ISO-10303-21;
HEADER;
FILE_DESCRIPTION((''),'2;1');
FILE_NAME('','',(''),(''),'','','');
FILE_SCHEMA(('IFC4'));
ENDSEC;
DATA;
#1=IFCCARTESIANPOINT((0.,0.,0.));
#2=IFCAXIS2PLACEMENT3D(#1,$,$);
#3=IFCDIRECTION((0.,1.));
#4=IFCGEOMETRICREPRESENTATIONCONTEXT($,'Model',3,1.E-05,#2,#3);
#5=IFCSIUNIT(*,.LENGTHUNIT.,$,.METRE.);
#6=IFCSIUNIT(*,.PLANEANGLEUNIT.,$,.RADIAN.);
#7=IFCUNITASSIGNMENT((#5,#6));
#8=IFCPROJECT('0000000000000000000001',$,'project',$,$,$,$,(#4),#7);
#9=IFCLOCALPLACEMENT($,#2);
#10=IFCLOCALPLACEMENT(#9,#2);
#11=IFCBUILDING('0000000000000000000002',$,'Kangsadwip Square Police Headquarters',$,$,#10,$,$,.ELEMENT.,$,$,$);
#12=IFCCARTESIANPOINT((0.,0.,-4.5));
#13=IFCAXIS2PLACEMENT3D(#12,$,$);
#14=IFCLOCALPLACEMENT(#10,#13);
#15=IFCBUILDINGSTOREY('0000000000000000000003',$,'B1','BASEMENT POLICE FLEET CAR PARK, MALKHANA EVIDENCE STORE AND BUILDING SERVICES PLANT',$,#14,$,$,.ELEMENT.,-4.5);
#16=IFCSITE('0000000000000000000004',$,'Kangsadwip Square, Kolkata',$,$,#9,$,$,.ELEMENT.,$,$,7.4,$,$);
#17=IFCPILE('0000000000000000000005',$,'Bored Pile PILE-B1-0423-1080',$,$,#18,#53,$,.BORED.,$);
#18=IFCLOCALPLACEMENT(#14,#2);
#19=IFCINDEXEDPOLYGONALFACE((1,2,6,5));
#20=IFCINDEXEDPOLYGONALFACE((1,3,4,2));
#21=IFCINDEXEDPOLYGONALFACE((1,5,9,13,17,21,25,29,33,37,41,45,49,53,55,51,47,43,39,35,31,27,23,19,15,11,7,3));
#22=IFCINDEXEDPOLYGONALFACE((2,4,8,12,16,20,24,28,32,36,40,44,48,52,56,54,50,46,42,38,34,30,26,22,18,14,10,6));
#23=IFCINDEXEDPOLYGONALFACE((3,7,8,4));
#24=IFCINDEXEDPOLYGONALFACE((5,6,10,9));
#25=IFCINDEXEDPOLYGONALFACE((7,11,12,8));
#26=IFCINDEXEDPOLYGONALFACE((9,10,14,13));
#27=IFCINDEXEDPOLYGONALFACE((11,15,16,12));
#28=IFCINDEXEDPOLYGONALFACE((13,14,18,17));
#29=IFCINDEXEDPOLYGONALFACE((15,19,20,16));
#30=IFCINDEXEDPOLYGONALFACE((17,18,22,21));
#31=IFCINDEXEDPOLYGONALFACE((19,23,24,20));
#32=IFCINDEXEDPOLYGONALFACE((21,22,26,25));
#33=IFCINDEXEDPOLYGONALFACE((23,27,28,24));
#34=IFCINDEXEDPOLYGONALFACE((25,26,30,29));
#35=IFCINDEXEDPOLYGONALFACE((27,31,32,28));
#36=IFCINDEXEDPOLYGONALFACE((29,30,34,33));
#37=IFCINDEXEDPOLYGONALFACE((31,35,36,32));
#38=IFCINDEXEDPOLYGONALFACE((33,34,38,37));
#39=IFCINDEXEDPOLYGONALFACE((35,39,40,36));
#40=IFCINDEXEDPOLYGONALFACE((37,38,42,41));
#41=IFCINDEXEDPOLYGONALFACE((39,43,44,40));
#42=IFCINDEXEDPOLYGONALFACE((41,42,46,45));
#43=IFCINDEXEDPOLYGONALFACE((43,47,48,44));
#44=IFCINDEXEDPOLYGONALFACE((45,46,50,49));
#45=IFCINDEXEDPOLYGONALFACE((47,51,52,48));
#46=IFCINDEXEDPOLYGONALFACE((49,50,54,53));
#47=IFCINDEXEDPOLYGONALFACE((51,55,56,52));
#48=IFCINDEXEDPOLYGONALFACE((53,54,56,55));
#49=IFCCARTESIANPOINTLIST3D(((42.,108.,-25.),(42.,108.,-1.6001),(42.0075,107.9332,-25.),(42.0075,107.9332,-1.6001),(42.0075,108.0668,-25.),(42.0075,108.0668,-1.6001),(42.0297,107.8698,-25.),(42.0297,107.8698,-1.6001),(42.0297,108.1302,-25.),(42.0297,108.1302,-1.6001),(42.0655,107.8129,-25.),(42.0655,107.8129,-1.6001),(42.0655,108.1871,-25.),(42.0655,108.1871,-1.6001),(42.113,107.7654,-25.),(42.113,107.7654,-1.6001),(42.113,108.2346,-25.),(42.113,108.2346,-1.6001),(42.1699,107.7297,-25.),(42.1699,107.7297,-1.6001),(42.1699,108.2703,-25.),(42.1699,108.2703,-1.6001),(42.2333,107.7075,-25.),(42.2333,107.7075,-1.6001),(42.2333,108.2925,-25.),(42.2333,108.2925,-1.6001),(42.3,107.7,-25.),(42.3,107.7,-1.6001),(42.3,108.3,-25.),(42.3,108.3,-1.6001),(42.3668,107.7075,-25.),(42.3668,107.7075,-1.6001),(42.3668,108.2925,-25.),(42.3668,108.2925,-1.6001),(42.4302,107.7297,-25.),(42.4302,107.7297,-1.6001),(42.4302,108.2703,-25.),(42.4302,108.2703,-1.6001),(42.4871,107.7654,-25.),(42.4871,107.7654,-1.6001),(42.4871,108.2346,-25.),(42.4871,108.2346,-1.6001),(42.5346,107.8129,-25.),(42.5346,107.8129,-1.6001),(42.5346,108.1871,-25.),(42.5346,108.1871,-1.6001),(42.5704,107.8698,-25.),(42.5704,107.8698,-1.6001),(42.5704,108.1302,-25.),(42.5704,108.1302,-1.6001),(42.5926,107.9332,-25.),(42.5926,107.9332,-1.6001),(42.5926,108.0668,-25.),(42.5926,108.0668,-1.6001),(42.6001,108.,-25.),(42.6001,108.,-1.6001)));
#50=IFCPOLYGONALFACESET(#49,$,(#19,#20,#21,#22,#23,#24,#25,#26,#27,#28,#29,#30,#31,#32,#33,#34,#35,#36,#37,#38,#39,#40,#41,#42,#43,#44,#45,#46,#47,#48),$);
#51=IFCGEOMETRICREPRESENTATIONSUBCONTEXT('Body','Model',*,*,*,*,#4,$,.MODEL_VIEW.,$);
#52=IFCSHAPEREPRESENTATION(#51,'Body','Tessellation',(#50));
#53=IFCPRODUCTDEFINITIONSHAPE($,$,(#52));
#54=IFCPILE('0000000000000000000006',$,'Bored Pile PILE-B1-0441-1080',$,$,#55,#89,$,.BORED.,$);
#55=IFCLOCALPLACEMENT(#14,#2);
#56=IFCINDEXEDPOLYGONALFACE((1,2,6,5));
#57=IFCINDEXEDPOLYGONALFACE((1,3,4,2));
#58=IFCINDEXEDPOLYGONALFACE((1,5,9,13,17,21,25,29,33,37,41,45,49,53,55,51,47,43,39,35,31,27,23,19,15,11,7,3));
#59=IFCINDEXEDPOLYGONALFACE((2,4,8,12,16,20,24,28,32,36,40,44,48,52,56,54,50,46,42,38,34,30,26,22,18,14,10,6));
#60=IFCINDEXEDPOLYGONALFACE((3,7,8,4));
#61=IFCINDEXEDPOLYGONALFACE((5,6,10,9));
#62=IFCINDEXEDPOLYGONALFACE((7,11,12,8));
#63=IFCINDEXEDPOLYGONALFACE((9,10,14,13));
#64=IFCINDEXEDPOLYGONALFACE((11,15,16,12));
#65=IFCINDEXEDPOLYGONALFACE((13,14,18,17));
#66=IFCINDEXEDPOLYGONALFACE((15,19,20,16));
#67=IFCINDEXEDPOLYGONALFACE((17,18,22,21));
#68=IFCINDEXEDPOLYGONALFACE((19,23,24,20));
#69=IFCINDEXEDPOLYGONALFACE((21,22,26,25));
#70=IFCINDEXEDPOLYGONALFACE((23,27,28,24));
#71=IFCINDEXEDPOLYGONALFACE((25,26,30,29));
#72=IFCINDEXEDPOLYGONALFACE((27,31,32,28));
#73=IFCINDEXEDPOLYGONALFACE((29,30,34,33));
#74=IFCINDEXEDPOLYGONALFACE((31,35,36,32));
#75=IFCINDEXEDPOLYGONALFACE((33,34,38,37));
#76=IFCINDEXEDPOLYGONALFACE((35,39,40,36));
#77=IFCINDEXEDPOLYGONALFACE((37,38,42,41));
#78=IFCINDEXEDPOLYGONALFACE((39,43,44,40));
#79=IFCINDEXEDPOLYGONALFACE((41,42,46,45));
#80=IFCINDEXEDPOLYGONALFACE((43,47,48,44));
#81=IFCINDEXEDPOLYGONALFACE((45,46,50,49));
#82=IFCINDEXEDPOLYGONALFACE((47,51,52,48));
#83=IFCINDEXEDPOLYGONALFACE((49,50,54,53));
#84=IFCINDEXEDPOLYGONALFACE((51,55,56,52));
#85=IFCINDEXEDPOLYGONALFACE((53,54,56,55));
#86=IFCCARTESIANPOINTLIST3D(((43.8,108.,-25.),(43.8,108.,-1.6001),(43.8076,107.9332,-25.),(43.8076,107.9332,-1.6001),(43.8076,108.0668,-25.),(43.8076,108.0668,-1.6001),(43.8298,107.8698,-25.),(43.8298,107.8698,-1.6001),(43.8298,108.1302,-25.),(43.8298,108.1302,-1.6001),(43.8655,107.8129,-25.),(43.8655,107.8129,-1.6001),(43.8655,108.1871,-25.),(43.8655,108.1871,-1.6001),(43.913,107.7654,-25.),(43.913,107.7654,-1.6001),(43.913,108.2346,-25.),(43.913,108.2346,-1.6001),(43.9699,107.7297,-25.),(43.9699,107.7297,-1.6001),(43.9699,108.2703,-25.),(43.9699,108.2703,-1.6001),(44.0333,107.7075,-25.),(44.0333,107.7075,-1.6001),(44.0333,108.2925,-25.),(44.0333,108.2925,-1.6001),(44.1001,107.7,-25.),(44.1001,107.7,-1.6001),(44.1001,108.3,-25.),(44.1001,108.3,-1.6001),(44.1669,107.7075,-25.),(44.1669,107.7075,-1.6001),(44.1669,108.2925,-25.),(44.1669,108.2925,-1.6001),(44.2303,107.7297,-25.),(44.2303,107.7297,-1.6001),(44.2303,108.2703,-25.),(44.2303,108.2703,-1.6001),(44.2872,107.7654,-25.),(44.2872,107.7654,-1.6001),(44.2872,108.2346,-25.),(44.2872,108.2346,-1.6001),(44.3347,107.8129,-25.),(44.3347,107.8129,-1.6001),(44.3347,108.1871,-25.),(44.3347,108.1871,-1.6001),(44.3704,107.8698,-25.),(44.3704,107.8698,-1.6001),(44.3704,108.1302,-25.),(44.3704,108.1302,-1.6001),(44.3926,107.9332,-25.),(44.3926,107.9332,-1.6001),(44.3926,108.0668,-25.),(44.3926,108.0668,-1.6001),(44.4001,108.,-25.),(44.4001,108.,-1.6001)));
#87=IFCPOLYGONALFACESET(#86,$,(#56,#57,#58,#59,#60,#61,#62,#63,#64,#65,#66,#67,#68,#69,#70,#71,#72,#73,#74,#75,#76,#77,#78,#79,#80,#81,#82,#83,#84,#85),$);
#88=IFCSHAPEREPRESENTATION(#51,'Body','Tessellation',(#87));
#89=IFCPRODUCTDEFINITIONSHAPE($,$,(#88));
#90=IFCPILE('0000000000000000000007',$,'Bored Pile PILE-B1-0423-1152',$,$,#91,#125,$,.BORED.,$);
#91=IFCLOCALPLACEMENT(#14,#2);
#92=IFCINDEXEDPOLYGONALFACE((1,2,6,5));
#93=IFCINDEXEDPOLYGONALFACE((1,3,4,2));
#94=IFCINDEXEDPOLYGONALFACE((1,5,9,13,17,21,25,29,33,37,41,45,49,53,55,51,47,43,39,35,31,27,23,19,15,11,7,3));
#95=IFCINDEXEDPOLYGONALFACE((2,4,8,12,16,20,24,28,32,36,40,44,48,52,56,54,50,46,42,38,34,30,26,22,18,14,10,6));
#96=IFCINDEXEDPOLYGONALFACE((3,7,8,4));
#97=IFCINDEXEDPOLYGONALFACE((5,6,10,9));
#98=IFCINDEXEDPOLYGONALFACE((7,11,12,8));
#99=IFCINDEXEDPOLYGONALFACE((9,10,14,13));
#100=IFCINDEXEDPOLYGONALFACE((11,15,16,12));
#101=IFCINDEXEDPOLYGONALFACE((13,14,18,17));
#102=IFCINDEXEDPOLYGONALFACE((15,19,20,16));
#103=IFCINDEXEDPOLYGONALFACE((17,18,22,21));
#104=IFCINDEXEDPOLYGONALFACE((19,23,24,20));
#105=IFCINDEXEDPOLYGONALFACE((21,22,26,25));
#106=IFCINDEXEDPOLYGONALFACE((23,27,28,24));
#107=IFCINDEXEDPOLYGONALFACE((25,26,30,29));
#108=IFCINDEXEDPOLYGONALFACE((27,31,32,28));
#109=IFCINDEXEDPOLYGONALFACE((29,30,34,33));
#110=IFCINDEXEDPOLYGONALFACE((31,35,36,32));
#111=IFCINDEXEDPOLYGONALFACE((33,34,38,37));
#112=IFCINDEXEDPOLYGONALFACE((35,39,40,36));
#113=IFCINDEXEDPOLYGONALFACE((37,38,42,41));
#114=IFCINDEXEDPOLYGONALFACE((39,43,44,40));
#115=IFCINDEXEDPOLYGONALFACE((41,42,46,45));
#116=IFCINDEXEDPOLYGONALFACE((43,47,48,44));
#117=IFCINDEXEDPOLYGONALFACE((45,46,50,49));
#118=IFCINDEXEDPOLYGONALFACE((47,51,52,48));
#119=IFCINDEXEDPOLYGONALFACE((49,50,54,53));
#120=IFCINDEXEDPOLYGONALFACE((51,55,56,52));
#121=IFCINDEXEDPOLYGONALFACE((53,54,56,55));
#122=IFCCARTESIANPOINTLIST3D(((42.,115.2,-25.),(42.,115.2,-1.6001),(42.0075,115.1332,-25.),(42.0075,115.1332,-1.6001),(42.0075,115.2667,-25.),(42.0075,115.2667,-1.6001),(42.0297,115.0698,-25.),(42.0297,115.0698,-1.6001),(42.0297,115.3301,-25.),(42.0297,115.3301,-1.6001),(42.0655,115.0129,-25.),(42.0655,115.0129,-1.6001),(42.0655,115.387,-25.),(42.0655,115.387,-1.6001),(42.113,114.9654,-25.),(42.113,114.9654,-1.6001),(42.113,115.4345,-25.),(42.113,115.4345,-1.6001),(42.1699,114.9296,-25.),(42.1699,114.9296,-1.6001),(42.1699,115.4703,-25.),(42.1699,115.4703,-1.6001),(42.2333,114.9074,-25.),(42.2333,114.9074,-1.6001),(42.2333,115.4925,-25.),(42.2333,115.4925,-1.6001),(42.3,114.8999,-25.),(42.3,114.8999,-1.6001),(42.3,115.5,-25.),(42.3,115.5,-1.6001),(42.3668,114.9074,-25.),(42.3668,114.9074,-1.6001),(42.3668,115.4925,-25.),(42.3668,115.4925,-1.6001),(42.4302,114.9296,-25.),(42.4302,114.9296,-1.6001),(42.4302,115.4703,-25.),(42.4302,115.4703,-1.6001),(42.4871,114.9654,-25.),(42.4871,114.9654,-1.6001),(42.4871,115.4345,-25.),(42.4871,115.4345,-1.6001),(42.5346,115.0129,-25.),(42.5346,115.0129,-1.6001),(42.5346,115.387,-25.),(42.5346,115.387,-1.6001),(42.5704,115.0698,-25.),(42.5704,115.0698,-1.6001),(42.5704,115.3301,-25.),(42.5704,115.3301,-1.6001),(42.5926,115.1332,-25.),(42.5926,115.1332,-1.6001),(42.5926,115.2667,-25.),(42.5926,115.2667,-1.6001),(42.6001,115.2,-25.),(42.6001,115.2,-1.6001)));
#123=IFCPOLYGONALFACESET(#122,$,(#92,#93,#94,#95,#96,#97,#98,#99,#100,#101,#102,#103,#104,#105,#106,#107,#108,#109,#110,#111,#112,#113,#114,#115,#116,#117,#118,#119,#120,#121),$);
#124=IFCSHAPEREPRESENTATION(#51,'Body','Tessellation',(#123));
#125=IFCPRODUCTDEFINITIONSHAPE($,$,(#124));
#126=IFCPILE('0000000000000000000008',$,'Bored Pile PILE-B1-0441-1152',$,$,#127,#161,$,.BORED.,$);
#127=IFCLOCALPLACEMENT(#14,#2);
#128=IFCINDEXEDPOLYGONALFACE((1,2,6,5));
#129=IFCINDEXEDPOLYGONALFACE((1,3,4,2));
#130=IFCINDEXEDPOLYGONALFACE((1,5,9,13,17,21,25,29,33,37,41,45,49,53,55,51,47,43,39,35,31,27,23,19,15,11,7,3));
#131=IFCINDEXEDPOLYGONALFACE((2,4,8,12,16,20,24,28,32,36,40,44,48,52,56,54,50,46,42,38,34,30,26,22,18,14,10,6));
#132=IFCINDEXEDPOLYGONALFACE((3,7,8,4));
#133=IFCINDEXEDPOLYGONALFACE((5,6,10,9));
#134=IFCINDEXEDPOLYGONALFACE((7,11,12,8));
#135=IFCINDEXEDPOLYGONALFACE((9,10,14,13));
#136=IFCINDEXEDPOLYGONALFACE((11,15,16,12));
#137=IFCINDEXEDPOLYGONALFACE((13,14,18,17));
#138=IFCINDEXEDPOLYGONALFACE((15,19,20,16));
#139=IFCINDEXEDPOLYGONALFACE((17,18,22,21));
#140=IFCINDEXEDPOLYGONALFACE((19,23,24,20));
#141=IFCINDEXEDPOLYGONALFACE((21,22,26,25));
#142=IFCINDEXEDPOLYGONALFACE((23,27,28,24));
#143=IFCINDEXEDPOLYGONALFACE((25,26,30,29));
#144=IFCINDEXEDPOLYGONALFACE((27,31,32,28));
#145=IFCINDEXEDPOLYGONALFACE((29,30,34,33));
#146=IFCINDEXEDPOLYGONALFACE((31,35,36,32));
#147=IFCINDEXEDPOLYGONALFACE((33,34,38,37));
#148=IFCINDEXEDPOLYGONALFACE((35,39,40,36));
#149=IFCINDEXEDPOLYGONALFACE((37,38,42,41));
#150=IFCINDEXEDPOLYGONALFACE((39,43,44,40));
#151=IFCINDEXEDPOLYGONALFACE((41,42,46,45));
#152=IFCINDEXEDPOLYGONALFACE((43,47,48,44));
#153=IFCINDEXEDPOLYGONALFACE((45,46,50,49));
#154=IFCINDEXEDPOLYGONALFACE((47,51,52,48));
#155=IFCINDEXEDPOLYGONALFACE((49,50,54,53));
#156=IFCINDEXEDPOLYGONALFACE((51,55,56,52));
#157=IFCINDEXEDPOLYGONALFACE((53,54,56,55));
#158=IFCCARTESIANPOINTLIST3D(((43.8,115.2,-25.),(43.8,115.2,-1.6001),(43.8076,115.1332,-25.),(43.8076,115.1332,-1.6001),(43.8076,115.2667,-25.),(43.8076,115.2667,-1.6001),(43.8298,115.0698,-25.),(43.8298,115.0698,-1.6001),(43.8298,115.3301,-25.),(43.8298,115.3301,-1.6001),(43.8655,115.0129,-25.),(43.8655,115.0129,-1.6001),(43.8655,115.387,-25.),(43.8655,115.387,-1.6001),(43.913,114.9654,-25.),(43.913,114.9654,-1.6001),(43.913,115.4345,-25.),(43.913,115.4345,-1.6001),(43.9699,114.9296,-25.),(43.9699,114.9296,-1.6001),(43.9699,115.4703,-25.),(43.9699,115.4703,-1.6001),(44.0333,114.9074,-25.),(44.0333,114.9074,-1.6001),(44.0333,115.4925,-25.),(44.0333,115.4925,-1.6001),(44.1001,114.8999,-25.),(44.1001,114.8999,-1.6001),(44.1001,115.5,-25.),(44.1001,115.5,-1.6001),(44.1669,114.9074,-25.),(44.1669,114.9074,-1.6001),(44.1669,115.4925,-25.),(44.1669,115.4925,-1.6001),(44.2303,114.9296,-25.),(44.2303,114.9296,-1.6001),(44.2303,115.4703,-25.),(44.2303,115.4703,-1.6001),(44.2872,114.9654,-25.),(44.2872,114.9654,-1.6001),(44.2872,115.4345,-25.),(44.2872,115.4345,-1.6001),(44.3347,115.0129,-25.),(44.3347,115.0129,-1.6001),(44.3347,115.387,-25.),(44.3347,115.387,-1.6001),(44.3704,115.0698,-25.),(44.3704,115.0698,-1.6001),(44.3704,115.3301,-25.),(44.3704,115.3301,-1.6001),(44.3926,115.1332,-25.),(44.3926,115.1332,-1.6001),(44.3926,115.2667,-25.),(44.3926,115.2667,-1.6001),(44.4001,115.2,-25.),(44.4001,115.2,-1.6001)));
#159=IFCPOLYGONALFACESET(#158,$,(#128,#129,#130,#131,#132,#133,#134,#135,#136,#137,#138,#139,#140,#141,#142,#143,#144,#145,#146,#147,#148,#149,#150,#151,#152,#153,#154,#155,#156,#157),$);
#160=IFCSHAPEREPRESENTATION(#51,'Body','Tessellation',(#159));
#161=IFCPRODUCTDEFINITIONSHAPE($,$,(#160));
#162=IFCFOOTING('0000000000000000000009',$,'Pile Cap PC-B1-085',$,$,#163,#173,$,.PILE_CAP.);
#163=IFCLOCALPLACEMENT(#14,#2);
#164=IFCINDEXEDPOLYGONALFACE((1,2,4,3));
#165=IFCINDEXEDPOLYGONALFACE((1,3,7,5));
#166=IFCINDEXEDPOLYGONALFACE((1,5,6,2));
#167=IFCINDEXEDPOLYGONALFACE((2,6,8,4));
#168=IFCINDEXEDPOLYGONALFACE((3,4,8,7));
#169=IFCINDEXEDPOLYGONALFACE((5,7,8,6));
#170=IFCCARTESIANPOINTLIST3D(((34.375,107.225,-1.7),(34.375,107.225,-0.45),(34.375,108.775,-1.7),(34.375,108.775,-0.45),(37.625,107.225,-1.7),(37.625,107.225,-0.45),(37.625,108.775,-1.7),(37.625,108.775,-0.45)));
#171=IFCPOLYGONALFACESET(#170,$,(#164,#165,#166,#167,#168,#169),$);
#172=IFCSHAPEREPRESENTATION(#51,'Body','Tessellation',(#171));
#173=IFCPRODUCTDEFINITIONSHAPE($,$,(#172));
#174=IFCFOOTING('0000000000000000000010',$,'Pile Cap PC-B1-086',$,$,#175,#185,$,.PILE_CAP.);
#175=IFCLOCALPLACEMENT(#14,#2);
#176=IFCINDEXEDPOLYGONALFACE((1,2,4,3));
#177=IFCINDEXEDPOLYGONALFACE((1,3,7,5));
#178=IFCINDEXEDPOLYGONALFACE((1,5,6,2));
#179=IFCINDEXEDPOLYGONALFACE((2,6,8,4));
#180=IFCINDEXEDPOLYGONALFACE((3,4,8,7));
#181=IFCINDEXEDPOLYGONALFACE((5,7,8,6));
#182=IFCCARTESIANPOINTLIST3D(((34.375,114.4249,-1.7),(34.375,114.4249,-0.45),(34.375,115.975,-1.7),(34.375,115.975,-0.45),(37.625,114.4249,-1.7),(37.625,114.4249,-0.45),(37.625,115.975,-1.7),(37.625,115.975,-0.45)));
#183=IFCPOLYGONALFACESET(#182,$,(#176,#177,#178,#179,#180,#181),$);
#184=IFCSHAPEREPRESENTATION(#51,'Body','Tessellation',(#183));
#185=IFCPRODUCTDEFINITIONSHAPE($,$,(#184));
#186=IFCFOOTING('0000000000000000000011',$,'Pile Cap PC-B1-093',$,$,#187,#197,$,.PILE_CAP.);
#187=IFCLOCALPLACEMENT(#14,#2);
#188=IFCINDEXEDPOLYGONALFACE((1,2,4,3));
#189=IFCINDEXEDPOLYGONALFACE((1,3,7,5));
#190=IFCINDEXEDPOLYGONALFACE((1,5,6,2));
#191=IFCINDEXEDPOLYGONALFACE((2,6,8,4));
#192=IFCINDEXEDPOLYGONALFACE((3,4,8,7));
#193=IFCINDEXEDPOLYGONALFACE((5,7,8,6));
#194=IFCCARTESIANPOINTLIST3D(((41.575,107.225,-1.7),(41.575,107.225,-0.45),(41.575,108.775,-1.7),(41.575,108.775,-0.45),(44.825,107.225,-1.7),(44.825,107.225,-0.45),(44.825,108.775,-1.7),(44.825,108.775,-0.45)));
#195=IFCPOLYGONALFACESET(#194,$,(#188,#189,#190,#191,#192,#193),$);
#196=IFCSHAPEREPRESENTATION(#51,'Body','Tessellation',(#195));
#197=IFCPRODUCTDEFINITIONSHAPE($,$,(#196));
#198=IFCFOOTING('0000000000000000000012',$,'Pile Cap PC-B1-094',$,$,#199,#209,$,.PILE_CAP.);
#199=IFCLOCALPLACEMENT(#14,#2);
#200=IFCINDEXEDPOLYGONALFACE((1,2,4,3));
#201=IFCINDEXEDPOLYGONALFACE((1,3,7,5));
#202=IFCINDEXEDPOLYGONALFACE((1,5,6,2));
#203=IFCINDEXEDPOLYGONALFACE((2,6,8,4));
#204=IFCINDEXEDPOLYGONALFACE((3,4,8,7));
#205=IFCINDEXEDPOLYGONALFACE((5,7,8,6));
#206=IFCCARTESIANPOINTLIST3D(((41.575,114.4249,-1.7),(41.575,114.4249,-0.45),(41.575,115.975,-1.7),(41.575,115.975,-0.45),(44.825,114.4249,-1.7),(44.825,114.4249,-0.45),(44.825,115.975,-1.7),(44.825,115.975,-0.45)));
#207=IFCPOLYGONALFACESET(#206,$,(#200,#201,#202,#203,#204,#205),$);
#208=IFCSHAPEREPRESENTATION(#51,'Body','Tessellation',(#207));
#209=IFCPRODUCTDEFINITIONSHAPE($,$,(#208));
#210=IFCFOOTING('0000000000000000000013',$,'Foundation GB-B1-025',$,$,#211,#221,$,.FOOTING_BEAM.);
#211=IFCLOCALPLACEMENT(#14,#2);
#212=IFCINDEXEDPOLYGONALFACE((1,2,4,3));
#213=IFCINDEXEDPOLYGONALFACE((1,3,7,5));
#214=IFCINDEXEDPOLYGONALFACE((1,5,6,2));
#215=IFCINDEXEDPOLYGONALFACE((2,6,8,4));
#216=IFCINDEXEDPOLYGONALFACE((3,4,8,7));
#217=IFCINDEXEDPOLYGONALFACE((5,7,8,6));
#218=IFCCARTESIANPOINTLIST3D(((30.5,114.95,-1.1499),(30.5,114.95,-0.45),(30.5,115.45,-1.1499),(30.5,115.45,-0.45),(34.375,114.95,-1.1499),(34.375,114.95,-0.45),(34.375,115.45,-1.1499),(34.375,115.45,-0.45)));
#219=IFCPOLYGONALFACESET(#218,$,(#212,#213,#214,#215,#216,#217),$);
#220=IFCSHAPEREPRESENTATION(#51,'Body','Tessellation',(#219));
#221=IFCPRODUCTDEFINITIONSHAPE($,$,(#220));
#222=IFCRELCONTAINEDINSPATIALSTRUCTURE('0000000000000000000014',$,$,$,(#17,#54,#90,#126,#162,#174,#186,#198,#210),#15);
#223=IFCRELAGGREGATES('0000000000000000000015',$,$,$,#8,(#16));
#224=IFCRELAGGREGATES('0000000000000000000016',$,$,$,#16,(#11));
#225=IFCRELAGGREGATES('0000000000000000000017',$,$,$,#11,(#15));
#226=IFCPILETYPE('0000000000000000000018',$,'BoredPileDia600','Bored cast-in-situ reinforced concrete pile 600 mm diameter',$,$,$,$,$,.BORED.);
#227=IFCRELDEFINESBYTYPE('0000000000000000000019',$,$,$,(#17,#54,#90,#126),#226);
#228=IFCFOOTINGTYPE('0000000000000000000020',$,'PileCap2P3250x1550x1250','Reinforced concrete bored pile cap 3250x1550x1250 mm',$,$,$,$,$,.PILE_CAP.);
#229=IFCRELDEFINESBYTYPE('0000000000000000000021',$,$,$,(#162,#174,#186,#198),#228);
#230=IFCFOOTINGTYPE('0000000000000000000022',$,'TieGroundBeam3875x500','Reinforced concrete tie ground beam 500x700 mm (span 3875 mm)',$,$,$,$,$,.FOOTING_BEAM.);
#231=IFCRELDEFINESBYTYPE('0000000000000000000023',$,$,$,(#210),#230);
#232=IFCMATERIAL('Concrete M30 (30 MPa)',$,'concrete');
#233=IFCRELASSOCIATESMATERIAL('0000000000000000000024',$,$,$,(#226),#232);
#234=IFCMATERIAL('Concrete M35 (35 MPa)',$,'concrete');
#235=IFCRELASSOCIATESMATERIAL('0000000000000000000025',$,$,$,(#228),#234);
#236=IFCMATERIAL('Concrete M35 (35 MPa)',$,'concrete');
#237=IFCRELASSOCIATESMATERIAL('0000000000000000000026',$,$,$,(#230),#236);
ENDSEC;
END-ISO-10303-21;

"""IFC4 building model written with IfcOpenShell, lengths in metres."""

from ifc_helpers import new_model, si_unit, direction, frame, origin, origin_2d, place, context, subcontext, project, spatial, rectangle, circle, extrude, material, material_profile, profile_set, type_object, element, save


model = new_model("IFC4")

# Units and contexts
model_context = context("Model", 3, precision=1e-05, world=origin(), true_north=direction((0.0, 1.0)))
body_context = subcontext(model_context, "Body", "Model", "MODEL_VIEW")
ifc_project = project(units=[si_unit("LENGTHUNIT", "METRE"), si_unit("PLANEANGLEUNIT", "RADIAN")], contexts=[model_context])

# Site, building, storey
site_placement = place(None, origin())
site = spatial("IfcSite", under=ifc_project, at=site_placement, Name="Kangsadwip Square, Kolkata", CompositionType="ELEMENT", RefElevation=7.4)
building_placement = place(site_placement, origin())
building = spatial("IfcBuilding", under=site, at=building_placement, Name="Kangsadwip Square Police Headquarters", CompositionType="ELEMENT")
storey_placement = place(building_placement, frame((0.0, 0.0, -4.5)))
storey = spatial("IfcBuildingStorey", under=building, at=storey_placement, Name="B1", Description="BASEMENT POLICE FLEET CAR PARK, MALKHANA EVIDENCE STORE AND BUILDING SERVICES PLANT", CompositionType="ELEMENT", Elevation=-4.5)

# Piles
ifc_material_1 = material(Name="Concrete M30 (30 MPa)", Category="concrete")
ifc_material_profile_1 = material_profile(ifc_material_1, circle(Radius=0.3, at=origin_2d()), Name="PILE DIA 600")
ifc_profile_set_1 = profile_set([ifc_material_profile_1], Name="Concrete M30 (30 MPa)")
pile_type = type_object("IfcPileType", Name="BoredPileDia600", Description="Bored cast-in-situ reinforced concrete pile 600 mm diameter", PredefinedType="BORED", material=ifc_profile_set_1)
for number, where, z_axis, x_axis, name in (
    (1, (42.3, 108.0, -1.6001), (0.0, 0.0, -1.0), (1.0, 0.0, 0.0), "Bored Pile PILE-B1-0423-1080"),
    (2, (44.1001, 108.0, -1.6001), (0.0, 0.0, -1.0), (1.0, 0.0, 0.0), "Bored Pile PILE-B1-0441-1080"),
    (3, (42.3, 115.2, -1.6001), (0.0, 0.0, -1.0), (1.0, 0.0, 0.0), "Bored Pile PILE-B1-0423-1152"),
    (4, (44.1001, 115.2, -1.6001), (0.0, 0.0, -1.0), (1.0, 0.0, 0.0), "Bored Pile PILE-B1-0441-1152"),
):
    element("IfcPile", number, at=place(storey_placement, frame(where, z_axis=z_axis, x_axis=x_axis)), inside=storey, type_object=pile_type, Name=name, PredefinedType="BORED", context=body_context, shape_type="SweptSolid", body=[
        extrude(circle(Radius=0.3, at=origin_2d()), origin(), (0.0, 0.0, 1.0), 23.3999),
    ])

# Footings
ifc_material_2 = material(Name="Concrete M35 (35 MPa)", Category="concrete")
footing_type_1 = type_object("IfcFootingType", Name="PileCap2P3250x1550x1250", Description="Reinforced concrete bored pile cap 3250x1550x1250 mm", PredefinedType="PILE_CAP", material=ifc_material_2)
for number, where, z_axis, x_axis, name in (
    (5, (36.0, 108.0, -1.7), (0.0, 0.0, 1.0), (1.0, 0.0, 0.0), "Pile Cap PC-B1-085"),
    (6, (36.0, 115.2, -1.7), (0.0, 0.0, 1.0), (1.0, 0.0, 0.0), "Pile Cap PC-B1-086"),
    (7, (43.2, 108.0, -1.7), (0.0, 0.0, 1.0), (1.0, 0.0, 0.0), "Pile Cap PC-B1-093"),
    (8, (43.2, 115.2, -1.7), (0.0, 0.0, 1.0), (1.0, 0.0, 0.0), "Pile Cap PC-B1-094"),
):
    element("IfcFooting", number, at=place(storey_placement, frame(where, z_axis=z_axis, x_axis=x_axis)), inside=storey, type_object=footing_type_1, Name=name, PredefinedType="PILE_CAP", context=body_context, shape_type="SweptSolid", body=[
        extrude(rectangle(XDim=3.25, YDim=1.55, at=origin_2d()), origin(), (0.0, 0.0, 1.0), 1.25),
    ])
ifc_material_3 = material(Name="Concrete M35 (35 MPa)", Category="concrete")
footing_type_2 = type_object("IfcFootingType", Name="TieGroundBeam3875x500", Description="Reinforced concrete tie ground beam 500x700 mm (span 3875 mm)", PredefinedType="FOOTING_BEAM", material=ifc_material_3)
footing_1_placement = place(storey_placement, frame((32.4375, 115.2, -1.1499), z_axis=(0.0, 0.0, 1.0), x_axis=(1.0, 0.0, 0.0)))
element("IfcFooting", 9, at=footing_1_placement, inside=storey, type_object=footing_type_2, Name="Foundation GB-B1-025", PredefinedType="FOOTING_BEAM", context=body_context, shape_type="SweptSolid", body=[
    extrude(rectangle(XDim=3.875, YDim=0.5, at=origin_2d()), origin(), (0.0, 0.0, 1.0), 0.7),
])

save(model, "model.ifc")
